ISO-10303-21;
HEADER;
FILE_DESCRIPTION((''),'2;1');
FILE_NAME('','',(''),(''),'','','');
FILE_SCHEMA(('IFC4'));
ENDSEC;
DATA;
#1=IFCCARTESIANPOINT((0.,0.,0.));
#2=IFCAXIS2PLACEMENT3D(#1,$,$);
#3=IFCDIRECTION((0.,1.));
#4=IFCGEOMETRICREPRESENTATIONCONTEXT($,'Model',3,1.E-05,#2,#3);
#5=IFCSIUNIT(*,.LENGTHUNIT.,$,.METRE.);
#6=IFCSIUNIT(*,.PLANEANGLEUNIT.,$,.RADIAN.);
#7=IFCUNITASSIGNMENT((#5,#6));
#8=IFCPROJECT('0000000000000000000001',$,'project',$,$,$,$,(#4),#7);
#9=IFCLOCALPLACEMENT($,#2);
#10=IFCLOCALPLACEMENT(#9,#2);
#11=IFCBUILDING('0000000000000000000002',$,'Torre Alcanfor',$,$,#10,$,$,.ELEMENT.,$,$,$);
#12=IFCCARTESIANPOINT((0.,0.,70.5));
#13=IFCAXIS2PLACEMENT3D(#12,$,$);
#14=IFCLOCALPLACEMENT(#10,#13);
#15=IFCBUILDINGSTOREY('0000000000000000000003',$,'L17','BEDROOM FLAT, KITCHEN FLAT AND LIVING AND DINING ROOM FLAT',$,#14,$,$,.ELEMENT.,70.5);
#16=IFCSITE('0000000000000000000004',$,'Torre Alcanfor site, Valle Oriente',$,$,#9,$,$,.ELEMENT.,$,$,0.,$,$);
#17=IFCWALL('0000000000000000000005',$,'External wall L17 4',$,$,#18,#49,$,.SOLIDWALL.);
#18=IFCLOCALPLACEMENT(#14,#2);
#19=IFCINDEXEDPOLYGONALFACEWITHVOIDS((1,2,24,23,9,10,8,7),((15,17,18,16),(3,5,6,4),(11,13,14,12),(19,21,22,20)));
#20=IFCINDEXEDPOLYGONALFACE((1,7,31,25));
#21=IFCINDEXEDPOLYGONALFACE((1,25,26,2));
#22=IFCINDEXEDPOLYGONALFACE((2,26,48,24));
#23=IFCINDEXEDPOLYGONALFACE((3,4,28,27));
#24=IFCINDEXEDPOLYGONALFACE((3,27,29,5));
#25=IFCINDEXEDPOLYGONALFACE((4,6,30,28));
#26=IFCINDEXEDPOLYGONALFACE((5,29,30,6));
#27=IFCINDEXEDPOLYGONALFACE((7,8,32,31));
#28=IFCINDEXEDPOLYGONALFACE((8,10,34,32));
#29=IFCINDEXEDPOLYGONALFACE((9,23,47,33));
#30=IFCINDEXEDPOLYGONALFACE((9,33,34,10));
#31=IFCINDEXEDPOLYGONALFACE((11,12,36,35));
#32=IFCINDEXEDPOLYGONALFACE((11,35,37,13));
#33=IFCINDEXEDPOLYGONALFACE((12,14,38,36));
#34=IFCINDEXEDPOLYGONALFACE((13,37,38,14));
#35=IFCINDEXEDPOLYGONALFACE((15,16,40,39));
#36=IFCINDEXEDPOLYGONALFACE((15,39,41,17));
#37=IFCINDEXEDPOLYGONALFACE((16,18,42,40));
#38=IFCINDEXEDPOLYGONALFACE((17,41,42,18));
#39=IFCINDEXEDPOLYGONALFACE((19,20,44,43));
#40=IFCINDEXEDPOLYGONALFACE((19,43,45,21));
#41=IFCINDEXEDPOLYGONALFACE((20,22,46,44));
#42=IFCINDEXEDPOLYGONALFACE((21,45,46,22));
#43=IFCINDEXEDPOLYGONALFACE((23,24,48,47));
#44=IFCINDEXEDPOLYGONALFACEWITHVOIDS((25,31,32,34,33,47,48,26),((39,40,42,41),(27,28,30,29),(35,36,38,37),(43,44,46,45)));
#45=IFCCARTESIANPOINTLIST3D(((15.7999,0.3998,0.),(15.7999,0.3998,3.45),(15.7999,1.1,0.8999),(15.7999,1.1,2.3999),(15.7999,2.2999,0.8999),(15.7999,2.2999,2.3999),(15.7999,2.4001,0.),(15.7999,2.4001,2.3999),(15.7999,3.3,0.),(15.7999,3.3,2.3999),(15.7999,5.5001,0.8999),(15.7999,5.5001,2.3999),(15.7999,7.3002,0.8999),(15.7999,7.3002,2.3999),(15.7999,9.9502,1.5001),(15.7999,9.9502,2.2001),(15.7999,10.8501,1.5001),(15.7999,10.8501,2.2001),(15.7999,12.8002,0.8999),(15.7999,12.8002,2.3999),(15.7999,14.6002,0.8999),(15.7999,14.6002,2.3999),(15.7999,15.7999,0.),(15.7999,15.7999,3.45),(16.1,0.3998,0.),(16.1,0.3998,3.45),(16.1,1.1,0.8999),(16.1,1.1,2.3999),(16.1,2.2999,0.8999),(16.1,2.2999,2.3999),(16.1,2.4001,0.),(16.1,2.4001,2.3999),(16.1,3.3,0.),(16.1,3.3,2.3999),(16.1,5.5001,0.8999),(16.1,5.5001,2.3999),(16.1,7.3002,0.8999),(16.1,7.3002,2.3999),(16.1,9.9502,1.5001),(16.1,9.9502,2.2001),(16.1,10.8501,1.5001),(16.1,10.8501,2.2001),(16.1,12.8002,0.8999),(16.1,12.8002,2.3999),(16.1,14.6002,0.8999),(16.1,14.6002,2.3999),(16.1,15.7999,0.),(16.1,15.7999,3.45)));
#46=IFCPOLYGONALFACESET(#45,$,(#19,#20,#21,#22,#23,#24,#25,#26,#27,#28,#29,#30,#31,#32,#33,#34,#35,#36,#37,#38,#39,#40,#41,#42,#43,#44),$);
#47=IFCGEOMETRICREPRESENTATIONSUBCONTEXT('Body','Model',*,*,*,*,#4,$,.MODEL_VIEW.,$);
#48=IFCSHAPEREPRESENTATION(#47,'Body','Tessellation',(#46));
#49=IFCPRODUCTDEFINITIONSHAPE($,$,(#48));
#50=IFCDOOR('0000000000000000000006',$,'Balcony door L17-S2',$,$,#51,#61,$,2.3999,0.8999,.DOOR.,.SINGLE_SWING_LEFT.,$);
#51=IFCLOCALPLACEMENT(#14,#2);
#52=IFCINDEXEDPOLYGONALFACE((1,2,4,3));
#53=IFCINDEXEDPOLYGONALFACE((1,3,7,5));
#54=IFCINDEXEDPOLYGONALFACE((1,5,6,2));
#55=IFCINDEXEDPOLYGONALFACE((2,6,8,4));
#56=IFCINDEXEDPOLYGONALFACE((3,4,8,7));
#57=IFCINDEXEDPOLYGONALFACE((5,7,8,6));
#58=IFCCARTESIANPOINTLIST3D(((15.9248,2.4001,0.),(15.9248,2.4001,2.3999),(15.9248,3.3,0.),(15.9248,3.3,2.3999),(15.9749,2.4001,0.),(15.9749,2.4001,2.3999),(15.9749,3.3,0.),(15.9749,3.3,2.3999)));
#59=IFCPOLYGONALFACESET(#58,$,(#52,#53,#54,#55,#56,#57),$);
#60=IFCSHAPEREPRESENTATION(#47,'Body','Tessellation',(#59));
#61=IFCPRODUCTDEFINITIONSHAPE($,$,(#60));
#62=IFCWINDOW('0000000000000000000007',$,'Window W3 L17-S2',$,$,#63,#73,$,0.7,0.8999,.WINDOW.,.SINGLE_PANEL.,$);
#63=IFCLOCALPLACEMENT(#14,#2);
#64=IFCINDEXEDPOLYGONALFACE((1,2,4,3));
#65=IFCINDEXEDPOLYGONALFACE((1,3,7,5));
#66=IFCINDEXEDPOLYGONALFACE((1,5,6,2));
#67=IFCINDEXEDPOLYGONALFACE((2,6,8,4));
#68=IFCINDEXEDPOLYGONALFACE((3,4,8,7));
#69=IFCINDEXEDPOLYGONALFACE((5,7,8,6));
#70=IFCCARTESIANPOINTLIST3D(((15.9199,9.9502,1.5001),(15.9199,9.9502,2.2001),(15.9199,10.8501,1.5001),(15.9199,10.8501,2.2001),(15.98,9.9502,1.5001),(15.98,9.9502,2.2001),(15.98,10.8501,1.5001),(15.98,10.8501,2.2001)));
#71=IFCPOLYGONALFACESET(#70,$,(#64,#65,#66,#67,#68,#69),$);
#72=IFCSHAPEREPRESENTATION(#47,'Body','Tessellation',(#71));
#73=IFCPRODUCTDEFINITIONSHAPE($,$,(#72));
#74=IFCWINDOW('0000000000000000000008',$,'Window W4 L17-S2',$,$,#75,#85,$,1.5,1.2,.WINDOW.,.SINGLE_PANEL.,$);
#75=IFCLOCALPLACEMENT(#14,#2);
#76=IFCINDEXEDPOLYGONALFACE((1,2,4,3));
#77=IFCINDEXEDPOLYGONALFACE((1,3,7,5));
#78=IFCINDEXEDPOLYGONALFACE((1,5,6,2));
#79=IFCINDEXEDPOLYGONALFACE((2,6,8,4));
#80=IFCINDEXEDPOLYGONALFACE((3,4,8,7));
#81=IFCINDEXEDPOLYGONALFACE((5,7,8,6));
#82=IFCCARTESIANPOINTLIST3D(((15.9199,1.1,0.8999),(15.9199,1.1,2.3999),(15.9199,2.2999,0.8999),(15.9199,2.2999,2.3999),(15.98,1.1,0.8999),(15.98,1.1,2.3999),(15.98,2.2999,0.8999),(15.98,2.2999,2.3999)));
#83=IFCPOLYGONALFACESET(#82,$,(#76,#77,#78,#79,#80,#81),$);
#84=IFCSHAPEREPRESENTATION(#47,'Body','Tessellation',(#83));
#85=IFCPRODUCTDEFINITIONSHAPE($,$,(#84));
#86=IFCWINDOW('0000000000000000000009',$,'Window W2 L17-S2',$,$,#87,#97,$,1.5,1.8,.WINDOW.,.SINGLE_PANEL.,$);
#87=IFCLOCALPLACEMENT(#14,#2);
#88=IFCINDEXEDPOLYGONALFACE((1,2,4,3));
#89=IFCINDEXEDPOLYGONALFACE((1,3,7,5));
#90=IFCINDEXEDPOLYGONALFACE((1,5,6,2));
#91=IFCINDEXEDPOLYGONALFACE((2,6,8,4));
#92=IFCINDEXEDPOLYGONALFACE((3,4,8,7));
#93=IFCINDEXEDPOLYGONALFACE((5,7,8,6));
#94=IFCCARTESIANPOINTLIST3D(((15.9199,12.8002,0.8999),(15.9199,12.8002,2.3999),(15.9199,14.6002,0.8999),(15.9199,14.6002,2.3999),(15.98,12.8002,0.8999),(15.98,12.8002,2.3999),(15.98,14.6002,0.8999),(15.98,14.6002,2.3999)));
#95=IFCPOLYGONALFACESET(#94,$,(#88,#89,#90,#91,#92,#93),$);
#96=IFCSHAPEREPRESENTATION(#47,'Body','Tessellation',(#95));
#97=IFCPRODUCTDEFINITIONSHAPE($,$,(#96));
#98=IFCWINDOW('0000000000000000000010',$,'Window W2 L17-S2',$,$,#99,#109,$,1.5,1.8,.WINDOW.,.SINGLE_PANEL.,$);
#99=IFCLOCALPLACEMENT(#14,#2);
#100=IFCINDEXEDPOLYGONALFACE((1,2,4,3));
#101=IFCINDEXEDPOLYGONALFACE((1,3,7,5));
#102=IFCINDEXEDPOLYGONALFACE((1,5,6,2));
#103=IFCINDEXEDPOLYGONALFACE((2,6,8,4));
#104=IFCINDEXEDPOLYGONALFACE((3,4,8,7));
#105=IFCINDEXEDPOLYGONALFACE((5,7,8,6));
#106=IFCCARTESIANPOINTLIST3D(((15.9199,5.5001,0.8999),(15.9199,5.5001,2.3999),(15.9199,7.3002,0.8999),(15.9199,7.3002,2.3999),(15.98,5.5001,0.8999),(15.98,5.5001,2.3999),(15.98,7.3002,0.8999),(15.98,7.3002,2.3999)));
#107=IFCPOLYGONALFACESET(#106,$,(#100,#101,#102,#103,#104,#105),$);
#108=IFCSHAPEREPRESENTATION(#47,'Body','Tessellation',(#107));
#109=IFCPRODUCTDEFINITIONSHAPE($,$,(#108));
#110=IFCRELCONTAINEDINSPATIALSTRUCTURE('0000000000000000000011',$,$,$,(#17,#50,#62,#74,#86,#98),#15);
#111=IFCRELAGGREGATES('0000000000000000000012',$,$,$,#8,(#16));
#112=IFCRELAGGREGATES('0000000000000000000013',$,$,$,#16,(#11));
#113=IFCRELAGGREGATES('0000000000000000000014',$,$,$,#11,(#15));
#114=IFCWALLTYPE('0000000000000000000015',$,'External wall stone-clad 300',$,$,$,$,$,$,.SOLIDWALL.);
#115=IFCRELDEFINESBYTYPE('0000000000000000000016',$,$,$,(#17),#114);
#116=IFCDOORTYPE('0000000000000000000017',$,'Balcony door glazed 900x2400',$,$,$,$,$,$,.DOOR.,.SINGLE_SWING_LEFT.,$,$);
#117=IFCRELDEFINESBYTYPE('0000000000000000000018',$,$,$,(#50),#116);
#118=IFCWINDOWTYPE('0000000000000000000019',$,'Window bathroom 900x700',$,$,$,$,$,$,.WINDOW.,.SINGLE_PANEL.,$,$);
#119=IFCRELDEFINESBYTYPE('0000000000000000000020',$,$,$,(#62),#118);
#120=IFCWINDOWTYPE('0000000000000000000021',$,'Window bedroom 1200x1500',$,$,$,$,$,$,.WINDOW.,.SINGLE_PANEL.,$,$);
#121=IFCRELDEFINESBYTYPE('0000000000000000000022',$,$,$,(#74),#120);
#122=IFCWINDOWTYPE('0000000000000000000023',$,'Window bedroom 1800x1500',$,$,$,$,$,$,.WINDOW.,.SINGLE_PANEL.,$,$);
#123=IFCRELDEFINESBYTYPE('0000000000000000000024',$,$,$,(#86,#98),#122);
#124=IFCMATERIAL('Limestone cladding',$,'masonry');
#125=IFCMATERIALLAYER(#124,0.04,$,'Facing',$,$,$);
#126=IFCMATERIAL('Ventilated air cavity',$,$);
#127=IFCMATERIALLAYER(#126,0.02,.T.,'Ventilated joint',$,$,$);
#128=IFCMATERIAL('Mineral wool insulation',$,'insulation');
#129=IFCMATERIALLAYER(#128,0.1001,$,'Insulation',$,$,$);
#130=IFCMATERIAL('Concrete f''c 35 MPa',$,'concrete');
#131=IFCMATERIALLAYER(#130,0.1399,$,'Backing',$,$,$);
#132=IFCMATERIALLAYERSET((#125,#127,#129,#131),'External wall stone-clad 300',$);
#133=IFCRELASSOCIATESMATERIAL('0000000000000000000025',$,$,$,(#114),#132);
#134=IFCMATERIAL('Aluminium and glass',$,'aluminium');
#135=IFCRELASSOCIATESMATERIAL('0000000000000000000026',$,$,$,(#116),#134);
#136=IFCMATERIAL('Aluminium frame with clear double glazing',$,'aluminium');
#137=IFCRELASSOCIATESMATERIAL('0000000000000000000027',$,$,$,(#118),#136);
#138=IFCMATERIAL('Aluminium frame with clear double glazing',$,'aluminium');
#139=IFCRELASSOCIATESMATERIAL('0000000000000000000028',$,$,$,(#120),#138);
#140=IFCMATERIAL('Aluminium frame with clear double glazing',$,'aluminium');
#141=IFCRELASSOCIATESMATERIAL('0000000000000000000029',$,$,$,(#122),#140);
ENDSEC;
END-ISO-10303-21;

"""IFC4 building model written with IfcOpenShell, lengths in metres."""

from ifc_helpers import new_model, si_unit, direction, frame, frame_2d, origin, place, context, subcontext, project, spatial, rectangle, extrude, material, layer, layer_set, type_object, element, fill, save


model = new_model("IFC4")

# Units and contexts
model_context = context("Model", 3, precision=1e-05, world=origin(), true_north=direction((0.0, 1.0)))
body_context = subcontext(model_context, "Body", "Model", "MODEL_VIEW")
ifc_project = project(units=[si_unit("LENGTHUNIT", "METRE"), si_unit("PLANEANGLEUNIT", "RADIAN")], contexts=[model_context])

# Site, building, storey
site_placement = place(None, origin())
site = spatial("IfcSite", under=ifc_project, at=site_placement, Name="Torre Alcanfor site, Valle Oriente", CompositionType="ELEMENT", RefElevation=0.0)
building_placement = place(site_placement, origin())
building = spatial("IfcBuilding", under=site, at=building_placement, Name="Torre Alcanfor", CompositionType="ELEMENT")
storey_placement = place(building_placement, frame((0.0, 0.0, 70.5)))
storey = spatial("IfcBuildingStorey", under=building, at=storey_placement, Name="L17", Description="BEDROOM FLAT, KITCHEN FLAT AND LIVING AND DINING ROOM FLAT", CompositionType="ELEMENT", Elevation=70.5)

# Wall, openings, door, windows
ifc_material_1 = material(Name="Limestone cladding", Category="masonry")
ifc_layer_1 = layer(ifc_material_1, 0.04, Name="Facing")
ifc_material_2 = material(Name="Ventilated air cavity")
ifc_layer_2 = layer(ifc_material_2, 0.02, ventilated=True, Name="Ventilated joint")
ifc_material_3 = material(Name="Mineral wool insulation", Category="insulation")
ifc_layer_3 = layer(ifc_material_3, 0.1001, Name="Insulation")
ifc_material_4 = material(Name="Concrete f'c 35 MPa", Category="concrete")
ifc_layer_4 = layer(ifc_material_4, 0.1399, Name="Backing")
ifc_layer_set_1 = layer_set([ifc_layer_1, ifc_layer_2, ifc_layer_3, ifc_layer_4], Name="External wall stone-clad 300")
wall_type_1 = type_object("IfcWallType", Name="External wall stone-clad 300", PredefinedType="SOLIDWALL", material=ifc_layer_set_1)
ifc_material_5 = material(Name="Aluminium and glass", Category="aluminium")
door_type = type_object("IfcDoorType", Name="Balcony door glazed 900x2400", OperationType="SINGLE_SWING_LEFT", PredefinedType="DOOR", material=ifc_material_5)
ifc_material_6 = material(Name="Aluminium frame with clear double glazing", Category="aluminium")
window_type_1 = type_object("IfcWindowType", Name="Window bathroom 900x700", PartitioningType="SINGLE_PANEL", PredefinedType="WINDOW", material=ifc_material_6)
ifc_material_7 = material(Name="Aluminium frame with clear double glazing", Category="aluminium")
window_type_2 = type_object("IfcWindowType", Name="Window bedroom 1200x1500", PartitioningType="SINGLE_PANEL", PredefinedType="WINDOW", material=ifc_material_7)
ifc_material_8 = material(Name="Aluminium frame with clear double glazing", Category="aluminium")
window_type_3 = type_object("IfcWindowType", Name="Window bedroom 1800x1500", PartitioningType="SINGLE_PANEL", PredefinedType="WINDOW", material=ifc_material_8)
wall_1_placement = place(storey_placement, frame((15.95, 15.8, 0.0), z_axis=(0.0, 0.0, 1.0), x_axis=(0.0, -1.0, 0.0)))
wall_1 = element("IfcWall", 1, at=wall_1_placement, inside=storey, type_object=wall_type_1, Name="External wall L17 4", PredefinedType="SOLIDWALL", context=body_context, shape_type="SweptSolid", body=[
    extrude(rectangle(XDim=15.4001, YDim=0.3, at=frame_2d((7.7002, 0.0))), origin(), (0.0, 0.0, 1.0), 3.45),
])
opening_1_placement = place(wall_1_placement, frame((1.2, 0.0, 0.8999)))
opening_1 = element("IfcOpeningElement", 2, at=opening_1_placement, cuts=wall_1, PredefinedType="OPENING", context=body_context, shape_type="SweptSolid", body=[
    extrude(rectangle(XDim=1.8, YDim=1.5, at=frame_2d((0.8999, 0.75))), frame((0.0, 0.1599, 0.0), z_axis=(0.0, -1.0, 0.0), x_axis=(1.0, 0.0, 0.0)), (0.0, 0.0, 1.0), 0.3201),
])
opening_2_placement = place(wall_1_placement, frame((4.95, 0.0, 1.5)))
opening_2 = element("IfcOpeningElement", 3, at=opening_2_placement, cuts=wall_1, PredefinedType="OPENING", context=body_context, shape_type="SweptSolid", body=[
    extrude(rectangle(XDim=0.8999, YDim=0.7, at=frame_2d((0.45, 0.3501))), frame((0.0, 0.1599, 0.0), z_axis=(0.0, -1.0, 0.0), x_axis=(1.0, 0.0, 0.0)), (0.0, 0.0, 1.0), 0.3201),
])
opening_3_placement = place(wall_1_placement, frame((8.5, 0.0, 0.8999)))
opening_3 = element("IfcOpeningElement", 4, at=opening_3_placement, cuts=wall_1, PredefinedType="OPENING", context=body_context, shape_type="SweptSolid", body=[
    extrude(rectangle(XDim=1.8, YDim=1.5, at=frame_2d((0.8999, 0.75))), frame((0.0, 0.1599, 0.0), z_axis=(0.0, -1.0, 0.0), x_axis=(1.0, 0.0, 0.0)), (0.0, 0.0, 1.0), 0.3201),
])
opening_4_placement = place(wall_1_placement, frame((12.5, 0.0, 0.0)))
opening_4 = element("IfcOpeningElement", 5, at=opening_4_placement, cuts=wall_1, PredefinedType="OPENING", context=body_context, shape_type="SweptSolid", body=[
    extrude(rectangle(XDim=0.8999, YDim=2.3999, at=frame_2d((0.45, 1.2))), frame((0.0, 0.1599, 0.0), z_axis=(0.0, -1.0, 0.0), x_axis=(1.0, 0.0, 0.0)), (0.0, 0.0, 1.0), 0.3201),
])
opening_5_placement = place(wall_1_placement, frame((13.5, 0.0, 0.8999)))
opening_5 = element("IfcOpeningElement", 6, at=opening_5_placement, cuts=wall_1, PredefinedType="OPENING", context=body_context, shape_type="SweptSolid", body=[
    extrude(rectangle(XDim=1.2, YDim=1.5, at=frame_2d((0.6001, 0.75))), frame((0.0, 0.1599, 0.0), z_axis=(0.0, -1.0, 0.0), x_axis=(1.0, 0.0, 0.0)), (0.0, 0.0, 1.0), 0.3201),
])
door_1_placement = place(opening_4_placement, origin())
door_1 = element("IfcDoor", 7, at=door_1_placement, inside=storey, type_object=door_type, Name="Balcony door L17-S2", OperationType="SINGLE_SWING_LEFT", OverallHeight=2.3999, OverallWidth=0.8999, PredefinedType="DOOR", context=body_context, shape_type="SweptSolid", body=[
    extrude(rectangle(XDim=0.8999, YDim=2.3999, at=frame_2d((0.45, 1.2))), frame((0.0, 0.0249, 0.0), z_axis=(0.0, -1.0, 0.0), x_axis=(1.0, 0.0, 0.0)), (0.0, 0.0, 1.0), 0.05),
])
fill(opening_4, door_1)
window_1_placement = place(opening_2_placement, origin())
window_1 = element("IfcWindow", 8, at=window_1_placement, inside=storey, type_object=window_type_1, Name="Window W3 L17-S2", OverallHeight=0.7, OverallWidth=0.8999, PartitioningType="SINGLE_PANEL", PredefinedType="WINDOW", context=body_context, shape_type="SweptSolid", body=[
    extrude(rectangle(XDim=0.8999, YDim=0.7, at=frame_2d((0.45, 0.3501))), frame((0.0, 0.03, 0.0), z_axis=(0.0, -1.0, 0.0), x_axis=(1.0, 0.0, 0.0)), (0.0, 0.0, 1.0), 0.0601),
])
fill(opening_2, window_1)
window_2_placement = place(opening_5_placement, origin())
window_2 = element("IfcWindow", 9, at=window_2_placement, inside=storey, type_object=window_type_2, Name="Window W4 L17-S2", OverallHeight=1.5, OverallWidth=1.2, PartitioningType="SINGLE_PANEL", PredefinedType="WINDOW", context=body_context, shape_type="SweptSolid", body=[
    extrude(rectangle(XDim=1.2, YDim=1.5, at=frame_2d((0.6001, 0.75))), frame((0.0, 0.03, 0.0), z_axis=(0.0, -1.0, 0.0), x_axis=(1.0, 0.0, 0.0)), (0.0, 0.0, 1.0), 0.0601),
])
fill(opening_5, window_2)
window_3_placement = place(opening_1_placement, origin())
window_3 = element("IfcWindow", 10, at=window_3_placement, inside=storey, type_object=window_type_3, Name="Window W2 L17-S2", OverallHeight=1.5, OverallWidth=1.8, PartitioningType="SINGLE_PANEL", PredefinedType="WINDOW", context=body_context, shape_type="SweptSolid", body=[
    extrude(rectangle(XDim=1.8, YDim=1.5, at=frame_2d((0.8999, 0.75))), frame((0.0, 0.03, 0.0), z_axis=(0.0, -1.0, 0.0), x_axis=(1.0, 0.0, 0.0)), (0.0, 0.0, 1.0), 0.0601),
])
fill(opening_1, window_3)
window_4_placement = place(opening_3_placement, origin())
window_4 = element("IfcWindow", 11, at=window_4_placement, inside=storey, type_object=window_type_3, Name="Window W2 L17-S2", OverallHeight=1.5, OverallWidth=1.8, PartitioningType="SINGLE_PANEL", PredefinedType="WINDOW", context=body_context, shape_type="SweptSolid", body=[
    extrude(rectangle(XDim=1.8, YDim=1.5, at=frame_2d((0.8999, 0.75))), frame((0.0, 0.03, 0.0), z_axis=(0.0, -1.0, 0.0), x_axis=(1.0, 0.0, 0.0)), (0.0, 0.0, 1.0), 0.0601),
])
fill(opening_3, window_4)

save(model, "model.ifc")
